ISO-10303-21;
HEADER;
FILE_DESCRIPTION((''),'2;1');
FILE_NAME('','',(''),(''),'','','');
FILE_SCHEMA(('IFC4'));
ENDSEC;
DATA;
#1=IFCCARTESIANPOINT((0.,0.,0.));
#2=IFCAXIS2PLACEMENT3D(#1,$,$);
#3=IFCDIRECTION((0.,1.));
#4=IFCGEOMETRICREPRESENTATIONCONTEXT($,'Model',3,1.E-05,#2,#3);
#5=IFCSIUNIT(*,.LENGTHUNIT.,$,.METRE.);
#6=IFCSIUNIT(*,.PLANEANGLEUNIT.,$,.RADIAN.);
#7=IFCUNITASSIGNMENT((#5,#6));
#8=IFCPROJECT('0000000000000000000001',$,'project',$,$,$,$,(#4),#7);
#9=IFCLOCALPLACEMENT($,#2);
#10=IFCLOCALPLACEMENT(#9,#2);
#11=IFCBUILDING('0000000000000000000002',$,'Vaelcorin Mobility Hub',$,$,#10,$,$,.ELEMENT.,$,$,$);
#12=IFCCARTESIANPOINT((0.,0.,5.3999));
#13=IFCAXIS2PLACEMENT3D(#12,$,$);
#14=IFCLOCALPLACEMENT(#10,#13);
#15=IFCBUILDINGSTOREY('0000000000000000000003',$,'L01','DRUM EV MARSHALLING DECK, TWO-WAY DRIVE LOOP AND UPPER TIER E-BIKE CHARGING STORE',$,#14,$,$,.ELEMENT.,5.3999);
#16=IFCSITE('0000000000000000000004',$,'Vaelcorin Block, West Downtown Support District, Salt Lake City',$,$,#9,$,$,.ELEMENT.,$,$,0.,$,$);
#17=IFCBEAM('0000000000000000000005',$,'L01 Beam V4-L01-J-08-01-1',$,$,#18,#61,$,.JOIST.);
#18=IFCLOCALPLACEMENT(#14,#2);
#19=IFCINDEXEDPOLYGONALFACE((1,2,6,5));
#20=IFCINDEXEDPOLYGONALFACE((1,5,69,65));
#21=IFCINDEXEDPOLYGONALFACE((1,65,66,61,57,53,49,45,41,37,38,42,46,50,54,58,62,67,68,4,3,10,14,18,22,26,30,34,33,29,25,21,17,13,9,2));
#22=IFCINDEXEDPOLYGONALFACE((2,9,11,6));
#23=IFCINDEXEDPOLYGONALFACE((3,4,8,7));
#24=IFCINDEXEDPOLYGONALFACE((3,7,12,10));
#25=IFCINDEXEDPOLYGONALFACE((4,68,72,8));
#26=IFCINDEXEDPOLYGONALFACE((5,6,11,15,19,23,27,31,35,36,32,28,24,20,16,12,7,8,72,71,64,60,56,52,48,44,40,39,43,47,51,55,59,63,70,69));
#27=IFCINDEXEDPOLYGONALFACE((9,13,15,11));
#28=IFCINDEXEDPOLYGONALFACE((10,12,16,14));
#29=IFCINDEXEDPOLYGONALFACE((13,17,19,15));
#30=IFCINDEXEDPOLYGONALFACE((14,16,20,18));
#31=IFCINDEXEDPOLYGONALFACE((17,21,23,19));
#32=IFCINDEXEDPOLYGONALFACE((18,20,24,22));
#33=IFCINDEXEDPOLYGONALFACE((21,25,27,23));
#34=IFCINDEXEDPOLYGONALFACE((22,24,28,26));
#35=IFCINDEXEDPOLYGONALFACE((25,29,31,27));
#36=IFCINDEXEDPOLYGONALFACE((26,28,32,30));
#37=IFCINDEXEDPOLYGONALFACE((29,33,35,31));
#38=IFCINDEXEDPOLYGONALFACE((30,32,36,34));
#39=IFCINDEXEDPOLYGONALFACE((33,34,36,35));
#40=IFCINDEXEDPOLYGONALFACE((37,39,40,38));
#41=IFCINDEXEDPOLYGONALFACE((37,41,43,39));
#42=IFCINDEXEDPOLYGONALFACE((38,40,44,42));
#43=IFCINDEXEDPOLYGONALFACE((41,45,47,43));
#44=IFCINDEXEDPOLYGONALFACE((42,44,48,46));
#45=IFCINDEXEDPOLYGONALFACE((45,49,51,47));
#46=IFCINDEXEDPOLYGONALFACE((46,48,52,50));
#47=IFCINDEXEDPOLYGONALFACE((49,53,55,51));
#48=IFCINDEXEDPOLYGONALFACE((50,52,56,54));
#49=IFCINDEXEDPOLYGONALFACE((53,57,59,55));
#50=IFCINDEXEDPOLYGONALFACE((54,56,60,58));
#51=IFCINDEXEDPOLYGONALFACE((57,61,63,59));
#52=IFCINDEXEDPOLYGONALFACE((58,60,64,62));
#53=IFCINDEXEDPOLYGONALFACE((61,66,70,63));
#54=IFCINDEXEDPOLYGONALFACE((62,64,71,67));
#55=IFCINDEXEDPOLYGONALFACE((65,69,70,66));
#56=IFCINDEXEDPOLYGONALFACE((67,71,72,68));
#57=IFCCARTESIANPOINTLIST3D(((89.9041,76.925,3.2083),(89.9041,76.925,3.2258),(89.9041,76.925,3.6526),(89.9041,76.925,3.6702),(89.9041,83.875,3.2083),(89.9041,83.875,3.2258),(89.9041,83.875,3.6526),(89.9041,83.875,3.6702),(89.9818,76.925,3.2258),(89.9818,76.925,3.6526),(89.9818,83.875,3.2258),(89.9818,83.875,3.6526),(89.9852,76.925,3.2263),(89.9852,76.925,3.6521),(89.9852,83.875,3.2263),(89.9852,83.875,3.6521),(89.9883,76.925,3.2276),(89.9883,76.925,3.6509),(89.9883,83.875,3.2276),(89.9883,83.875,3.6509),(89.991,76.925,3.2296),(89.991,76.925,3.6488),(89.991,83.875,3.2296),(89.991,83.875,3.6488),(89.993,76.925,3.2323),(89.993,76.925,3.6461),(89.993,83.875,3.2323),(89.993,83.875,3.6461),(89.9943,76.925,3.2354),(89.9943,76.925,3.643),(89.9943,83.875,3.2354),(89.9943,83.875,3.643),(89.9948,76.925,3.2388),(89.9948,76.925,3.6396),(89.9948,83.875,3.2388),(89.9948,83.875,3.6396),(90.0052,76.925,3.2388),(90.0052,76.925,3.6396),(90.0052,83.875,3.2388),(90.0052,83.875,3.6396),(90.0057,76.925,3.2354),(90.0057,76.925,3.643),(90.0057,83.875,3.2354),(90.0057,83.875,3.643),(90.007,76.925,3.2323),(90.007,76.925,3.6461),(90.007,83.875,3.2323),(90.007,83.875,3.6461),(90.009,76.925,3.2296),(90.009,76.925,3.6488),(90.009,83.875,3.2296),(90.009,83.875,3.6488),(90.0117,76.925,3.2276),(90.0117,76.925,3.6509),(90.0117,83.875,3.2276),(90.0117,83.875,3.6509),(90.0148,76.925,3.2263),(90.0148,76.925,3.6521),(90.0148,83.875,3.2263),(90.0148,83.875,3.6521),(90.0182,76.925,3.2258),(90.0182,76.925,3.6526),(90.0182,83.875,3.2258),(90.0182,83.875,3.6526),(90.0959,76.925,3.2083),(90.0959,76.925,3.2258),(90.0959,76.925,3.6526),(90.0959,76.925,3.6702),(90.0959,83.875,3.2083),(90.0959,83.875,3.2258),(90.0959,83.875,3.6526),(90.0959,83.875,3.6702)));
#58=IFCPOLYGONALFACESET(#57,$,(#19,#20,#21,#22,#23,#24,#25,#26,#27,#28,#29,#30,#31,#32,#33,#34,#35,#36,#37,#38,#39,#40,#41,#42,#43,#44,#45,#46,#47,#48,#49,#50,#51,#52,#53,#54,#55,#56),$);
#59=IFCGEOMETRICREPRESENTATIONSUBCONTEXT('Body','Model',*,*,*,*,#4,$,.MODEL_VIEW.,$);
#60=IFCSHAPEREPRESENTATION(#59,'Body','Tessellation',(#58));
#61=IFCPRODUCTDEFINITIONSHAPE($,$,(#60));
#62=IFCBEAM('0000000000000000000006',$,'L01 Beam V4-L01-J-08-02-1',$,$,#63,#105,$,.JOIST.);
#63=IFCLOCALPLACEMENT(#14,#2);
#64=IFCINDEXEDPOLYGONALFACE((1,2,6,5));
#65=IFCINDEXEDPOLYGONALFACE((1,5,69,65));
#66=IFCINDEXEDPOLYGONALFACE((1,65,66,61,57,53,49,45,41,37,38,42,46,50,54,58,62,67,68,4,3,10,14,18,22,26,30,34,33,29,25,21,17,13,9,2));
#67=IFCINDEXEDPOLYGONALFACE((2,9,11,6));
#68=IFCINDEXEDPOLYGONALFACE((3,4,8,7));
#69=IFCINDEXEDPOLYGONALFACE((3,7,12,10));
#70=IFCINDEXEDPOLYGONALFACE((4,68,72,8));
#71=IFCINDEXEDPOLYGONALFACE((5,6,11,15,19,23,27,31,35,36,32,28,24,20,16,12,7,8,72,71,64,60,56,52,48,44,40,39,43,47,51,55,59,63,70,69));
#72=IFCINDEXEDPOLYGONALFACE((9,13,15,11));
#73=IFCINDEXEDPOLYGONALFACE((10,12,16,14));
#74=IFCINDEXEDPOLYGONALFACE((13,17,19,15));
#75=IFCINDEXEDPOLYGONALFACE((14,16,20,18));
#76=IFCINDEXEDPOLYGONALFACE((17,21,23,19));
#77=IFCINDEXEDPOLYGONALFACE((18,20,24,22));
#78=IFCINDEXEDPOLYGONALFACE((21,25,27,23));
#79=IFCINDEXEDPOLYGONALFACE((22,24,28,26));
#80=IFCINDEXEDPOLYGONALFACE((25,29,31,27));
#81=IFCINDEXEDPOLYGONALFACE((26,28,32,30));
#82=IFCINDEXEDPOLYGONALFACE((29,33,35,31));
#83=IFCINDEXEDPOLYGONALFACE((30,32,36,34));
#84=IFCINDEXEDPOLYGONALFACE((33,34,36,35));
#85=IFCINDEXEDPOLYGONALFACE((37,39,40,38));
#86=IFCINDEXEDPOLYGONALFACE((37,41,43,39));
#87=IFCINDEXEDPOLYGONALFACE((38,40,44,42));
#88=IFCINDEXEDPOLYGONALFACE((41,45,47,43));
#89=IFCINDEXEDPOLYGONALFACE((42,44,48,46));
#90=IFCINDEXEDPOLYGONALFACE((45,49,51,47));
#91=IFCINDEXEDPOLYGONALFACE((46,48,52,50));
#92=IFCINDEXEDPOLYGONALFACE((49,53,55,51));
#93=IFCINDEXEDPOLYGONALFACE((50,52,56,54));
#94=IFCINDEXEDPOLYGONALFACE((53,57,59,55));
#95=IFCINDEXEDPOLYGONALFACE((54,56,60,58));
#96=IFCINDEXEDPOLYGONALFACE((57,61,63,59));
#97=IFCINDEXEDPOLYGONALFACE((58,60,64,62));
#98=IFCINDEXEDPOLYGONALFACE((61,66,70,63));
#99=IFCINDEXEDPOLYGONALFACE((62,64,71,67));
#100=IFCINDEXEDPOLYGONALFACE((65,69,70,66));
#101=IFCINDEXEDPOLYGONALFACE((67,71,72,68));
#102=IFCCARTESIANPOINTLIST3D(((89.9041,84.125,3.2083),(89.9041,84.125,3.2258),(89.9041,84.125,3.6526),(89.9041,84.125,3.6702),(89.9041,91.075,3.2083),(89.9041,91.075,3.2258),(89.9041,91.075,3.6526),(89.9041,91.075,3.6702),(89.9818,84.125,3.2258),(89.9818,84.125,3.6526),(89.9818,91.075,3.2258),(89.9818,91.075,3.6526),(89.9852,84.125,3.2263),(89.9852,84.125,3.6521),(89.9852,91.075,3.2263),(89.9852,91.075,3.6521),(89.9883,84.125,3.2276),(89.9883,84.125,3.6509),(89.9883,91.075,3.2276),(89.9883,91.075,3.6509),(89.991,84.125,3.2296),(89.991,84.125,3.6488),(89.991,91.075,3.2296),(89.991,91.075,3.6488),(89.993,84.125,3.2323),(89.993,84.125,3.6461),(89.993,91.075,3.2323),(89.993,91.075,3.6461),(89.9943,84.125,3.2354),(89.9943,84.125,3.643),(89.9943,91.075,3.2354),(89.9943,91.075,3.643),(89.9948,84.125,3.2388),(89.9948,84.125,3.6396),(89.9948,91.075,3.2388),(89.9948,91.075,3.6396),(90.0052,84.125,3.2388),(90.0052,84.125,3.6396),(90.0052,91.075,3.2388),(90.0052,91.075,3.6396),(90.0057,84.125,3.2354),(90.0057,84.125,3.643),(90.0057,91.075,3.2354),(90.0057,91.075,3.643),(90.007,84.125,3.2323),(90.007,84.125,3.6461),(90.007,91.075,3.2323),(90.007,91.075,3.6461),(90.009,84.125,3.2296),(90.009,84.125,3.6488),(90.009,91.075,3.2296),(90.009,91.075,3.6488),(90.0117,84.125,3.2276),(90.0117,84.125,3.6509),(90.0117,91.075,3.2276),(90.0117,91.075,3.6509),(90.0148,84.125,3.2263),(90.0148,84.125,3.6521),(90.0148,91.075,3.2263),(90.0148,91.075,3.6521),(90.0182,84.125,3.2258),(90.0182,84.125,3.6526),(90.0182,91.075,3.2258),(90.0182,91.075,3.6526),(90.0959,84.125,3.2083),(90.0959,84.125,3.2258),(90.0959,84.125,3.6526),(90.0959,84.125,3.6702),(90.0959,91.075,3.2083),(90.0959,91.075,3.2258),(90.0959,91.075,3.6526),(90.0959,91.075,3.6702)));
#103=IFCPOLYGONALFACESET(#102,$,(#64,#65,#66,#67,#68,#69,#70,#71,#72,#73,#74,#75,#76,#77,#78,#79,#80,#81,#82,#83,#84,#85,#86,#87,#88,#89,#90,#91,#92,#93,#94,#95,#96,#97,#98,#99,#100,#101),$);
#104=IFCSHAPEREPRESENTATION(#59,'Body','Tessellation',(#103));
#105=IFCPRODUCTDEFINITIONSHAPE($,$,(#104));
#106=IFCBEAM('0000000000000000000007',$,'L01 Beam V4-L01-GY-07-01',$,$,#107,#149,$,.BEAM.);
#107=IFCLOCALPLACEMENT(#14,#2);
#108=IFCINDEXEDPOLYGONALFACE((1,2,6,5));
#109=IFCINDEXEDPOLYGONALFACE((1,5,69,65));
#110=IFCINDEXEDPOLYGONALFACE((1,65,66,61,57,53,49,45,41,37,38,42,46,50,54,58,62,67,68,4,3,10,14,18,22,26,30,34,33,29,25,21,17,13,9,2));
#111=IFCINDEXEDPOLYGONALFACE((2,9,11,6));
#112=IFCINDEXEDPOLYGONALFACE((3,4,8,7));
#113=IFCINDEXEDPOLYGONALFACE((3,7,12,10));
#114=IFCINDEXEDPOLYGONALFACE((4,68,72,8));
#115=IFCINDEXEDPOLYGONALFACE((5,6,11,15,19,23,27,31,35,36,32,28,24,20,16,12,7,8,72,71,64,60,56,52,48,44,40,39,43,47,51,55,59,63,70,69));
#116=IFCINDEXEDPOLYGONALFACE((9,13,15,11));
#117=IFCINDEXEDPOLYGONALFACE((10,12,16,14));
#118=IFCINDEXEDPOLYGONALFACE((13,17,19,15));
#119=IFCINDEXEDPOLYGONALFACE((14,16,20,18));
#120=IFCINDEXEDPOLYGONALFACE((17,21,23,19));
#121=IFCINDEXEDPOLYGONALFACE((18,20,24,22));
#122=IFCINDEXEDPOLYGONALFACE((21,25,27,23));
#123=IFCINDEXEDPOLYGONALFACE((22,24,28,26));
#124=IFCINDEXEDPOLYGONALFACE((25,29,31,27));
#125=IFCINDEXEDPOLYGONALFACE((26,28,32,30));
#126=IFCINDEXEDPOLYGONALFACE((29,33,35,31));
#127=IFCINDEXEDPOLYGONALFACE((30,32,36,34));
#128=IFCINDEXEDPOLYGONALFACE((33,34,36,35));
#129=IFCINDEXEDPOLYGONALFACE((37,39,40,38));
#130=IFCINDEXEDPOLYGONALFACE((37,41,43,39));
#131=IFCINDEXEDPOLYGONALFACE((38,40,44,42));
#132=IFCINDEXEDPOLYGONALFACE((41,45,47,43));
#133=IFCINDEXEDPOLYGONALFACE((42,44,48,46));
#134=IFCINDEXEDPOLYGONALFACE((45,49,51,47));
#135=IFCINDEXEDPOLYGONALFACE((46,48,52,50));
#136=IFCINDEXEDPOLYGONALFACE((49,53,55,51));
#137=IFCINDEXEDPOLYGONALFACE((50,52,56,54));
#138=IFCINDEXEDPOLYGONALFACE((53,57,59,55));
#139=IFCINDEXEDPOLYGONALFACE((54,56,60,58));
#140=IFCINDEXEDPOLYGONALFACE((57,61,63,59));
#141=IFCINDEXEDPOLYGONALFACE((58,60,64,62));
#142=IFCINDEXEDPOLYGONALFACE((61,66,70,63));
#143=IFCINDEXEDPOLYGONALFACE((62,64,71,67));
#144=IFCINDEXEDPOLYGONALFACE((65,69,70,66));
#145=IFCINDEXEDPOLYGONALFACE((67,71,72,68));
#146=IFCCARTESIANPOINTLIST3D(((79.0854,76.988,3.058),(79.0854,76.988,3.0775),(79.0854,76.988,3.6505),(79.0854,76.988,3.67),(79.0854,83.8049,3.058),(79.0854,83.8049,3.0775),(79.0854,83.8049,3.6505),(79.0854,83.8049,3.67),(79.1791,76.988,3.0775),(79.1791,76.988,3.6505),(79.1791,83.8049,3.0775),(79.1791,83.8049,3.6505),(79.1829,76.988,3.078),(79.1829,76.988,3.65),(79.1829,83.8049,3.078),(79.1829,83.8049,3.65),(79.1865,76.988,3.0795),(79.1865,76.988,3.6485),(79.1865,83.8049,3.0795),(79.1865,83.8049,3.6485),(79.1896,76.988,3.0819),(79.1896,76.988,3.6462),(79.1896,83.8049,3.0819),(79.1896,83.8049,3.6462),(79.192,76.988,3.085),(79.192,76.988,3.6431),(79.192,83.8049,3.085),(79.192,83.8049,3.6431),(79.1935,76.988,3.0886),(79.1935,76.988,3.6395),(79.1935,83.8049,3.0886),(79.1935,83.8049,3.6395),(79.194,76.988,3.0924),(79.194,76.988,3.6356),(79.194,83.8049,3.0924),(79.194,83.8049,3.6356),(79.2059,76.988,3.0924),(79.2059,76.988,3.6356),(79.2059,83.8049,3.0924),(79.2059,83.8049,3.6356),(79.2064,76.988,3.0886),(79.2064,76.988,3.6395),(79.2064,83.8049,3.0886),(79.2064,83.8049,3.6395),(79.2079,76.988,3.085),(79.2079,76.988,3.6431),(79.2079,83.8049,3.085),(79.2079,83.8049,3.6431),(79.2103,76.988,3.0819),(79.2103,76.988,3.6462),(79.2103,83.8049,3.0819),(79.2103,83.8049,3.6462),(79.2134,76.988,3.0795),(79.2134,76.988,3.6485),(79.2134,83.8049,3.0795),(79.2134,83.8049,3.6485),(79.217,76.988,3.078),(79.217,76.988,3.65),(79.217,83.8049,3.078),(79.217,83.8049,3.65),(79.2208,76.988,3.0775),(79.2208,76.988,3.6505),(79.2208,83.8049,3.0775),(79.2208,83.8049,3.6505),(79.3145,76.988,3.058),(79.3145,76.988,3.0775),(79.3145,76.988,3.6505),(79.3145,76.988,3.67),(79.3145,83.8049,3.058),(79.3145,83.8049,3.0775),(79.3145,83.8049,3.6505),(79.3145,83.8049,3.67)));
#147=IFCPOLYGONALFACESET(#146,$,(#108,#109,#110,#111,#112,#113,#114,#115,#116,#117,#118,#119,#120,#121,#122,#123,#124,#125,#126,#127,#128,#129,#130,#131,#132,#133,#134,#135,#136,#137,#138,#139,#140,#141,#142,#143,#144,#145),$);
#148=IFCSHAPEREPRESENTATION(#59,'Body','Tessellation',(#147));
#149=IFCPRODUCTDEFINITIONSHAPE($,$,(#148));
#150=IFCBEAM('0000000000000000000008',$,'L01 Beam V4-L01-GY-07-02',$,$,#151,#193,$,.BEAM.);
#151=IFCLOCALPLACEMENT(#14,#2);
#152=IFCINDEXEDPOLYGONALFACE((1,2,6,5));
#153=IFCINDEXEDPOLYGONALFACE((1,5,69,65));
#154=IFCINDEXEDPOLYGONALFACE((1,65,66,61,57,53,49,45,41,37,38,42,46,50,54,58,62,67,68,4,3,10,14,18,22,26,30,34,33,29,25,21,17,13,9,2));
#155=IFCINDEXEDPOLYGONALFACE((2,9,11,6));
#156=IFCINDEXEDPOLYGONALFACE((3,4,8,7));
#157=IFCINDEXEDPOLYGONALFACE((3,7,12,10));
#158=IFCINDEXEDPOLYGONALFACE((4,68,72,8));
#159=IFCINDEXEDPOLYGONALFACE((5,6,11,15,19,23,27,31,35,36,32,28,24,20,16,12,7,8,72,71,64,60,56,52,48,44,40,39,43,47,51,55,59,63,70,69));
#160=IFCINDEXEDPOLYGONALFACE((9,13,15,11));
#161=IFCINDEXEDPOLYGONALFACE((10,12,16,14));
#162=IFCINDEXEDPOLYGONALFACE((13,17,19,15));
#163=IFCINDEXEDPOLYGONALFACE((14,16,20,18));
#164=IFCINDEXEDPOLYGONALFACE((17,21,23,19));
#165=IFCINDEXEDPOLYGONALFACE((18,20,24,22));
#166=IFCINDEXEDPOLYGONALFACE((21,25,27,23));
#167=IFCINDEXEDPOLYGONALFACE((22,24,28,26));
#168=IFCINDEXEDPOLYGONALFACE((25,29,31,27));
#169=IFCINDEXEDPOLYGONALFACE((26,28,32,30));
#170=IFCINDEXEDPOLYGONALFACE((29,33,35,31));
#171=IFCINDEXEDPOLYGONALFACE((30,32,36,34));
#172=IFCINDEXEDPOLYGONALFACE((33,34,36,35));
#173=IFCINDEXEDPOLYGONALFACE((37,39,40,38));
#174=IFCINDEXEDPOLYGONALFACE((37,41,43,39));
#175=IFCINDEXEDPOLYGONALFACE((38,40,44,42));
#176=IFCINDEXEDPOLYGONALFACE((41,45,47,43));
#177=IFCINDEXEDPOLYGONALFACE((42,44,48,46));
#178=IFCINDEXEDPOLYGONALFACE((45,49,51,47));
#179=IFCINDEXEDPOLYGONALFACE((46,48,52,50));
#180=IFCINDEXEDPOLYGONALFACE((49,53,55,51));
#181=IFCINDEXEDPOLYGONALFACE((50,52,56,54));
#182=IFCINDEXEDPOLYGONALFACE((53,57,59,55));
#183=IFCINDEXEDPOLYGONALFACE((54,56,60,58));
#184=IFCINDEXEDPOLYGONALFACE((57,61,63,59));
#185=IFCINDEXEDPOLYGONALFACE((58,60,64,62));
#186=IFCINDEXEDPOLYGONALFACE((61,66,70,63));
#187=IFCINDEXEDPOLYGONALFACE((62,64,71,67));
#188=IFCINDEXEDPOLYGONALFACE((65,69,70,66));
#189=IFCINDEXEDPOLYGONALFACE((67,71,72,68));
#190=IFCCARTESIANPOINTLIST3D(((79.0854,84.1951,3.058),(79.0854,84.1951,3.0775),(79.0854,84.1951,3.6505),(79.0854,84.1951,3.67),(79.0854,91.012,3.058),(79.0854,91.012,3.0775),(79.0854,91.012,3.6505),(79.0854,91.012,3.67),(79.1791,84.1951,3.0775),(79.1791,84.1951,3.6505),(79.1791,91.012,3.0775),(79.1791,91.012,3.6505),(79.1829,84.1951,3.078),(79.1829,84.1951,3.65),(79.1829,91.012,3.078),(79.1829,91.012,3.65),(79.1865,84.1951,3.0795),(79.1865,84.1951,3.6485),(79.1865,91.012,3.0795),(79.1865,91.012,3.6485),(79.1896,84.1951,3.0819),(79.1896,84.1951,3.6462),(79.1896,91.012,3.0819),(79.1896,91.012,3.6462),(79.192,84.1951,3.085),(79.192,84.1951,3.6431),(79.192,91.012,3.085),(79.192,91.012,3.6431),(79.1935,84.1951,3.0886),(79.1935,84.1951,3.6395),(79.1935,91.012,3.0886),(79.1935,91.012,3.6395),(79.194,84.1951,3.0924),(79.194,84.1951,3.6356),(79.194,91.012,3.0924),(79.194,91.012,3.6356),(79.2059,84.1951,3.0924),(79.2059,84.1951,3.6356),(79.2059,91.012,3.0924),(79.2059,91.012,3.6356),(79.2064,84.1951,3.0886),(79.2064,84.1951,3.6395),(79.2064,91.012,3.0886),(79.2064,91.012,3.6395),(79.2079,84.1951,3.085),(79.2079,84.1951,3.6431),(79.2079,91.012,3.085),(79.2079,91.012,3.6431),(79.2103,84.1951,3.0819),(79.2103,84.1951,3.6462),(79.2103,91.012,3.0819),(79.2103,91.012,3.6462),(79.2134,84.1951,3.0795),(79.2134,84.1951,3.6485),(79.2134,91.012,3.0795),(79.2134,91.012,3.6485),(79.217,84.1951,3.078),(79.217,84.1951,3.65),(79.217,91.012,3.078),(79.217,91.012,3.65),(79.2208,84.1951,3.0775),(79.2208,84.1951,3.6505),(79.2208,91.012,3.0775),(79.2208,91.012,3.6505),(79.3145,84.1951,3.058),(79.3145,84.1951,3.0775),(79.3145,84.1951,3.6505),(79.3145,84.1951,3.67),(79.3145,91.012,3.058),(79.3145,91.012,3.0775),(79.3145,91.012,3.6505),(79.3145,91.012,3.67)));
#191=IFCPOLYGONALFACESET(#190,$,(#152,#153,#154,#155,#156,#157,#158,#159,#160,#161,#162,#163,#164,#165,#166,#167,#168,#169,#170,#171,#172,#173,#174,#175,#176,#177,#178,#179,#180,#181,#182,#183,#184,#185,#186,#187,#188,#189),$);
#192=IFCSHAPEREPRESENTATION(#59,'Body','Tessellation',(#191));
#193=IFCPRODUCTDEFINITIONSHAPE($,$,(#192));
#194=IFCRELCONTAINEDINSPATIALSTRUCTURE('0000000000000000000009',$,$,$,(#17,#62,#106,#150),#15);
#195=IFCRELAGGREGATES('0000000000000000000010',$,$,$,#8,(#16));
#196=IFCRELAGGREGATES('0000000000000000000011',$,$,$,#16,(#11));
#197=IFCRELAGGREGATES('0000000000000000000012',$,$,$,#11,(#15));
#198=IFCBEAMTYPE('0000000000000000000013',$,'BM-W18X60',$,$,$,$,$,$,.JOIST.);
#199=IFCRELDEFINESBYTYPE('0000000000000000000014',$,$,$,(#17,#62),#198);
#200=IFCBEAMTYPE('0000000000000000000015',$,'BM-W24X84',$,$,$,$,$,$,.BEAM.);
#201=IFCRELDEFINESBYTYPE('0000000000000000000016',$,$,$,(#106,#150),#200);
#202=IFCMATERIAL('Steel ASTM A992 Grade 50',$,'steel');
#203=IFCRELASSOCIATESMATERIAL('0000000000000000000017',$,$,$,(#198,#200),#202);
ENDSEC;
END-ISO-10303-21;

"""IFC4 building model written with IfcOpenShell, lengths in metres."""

from ifc_helpers import new_model, si_unit, direction, frame, origin, origin_2d, place, context, subcontext, project, spatial, i_section, extrude, material, material_profile, profile_set, type_object, element, save


model = new_model("IFC4")

# Units and contexts
model_context = context("Model", 3, precision=1e-05, world=origin(), true_north=direction((0.0, 1.0)))
body_context = subcontext(model_context, "Body", "Model", "MODEL_VIEW")
ifc_project = project(units=[si_unit("LENGTHUNIT", "METRE"), si_unit("PLANEANGLEUNIT", "RADIAN")], contexts=[model_context])

# Site, building, storey
site_placement = place(None, origin())
site = spatial("IfcSite", under=ifc_project, at=site_placement, Name="Vaelcorin Block, West Downtown Support District, Salt Lake City", CompositionType="ELEMENT", RefElevation=0.0)
building_placement = place(site_placement, origin())
building = spatial("IfcBuilding", under=site, at=building_placement, Name="Vaelcorin Mobility Hub", CompositionType="ELEMENT")
storey_placement = place(building_placement, frame((0.0, 0.0, 5.3999)))
storey = spatial("IfcBuildingStorey", under=building, at=storey_placement, Name="L01", Description="DRUM EV MARSHALLING DECK, TWO-WAY DRIVE LOOP AND UPPER TIER E-BIKE CHARGING STORE", CompositionType="ELEMENT", Elevation=5.3999)

# Shared definitions
ifc_material_1 = material(Name="Steel ASTM A992 Grade 50", Category="steel")

# Beams
ifc_material_profile_1 = material_profile(ifc_material_1, i_section(OverallWidth=0.1919, OverallDepth=0.4619, WebThickness=0.0105, FlangeThickness=0.0176, FilletRadius=0.0129, at=origin_2d()), Name="W18X60")
ifc_profile_set_1 = profile_set([ifc_material_profile_1], Name="Steel ASTM A992 Grade 50")
beam_type_1 = type_object("IfcBeamType", Name="BM-W18X60", PredefinedType="JOIST", material=ifc_profile_set_1)
for number, where, z_axis, x_axis, name in (
    (1, (90.0, 76.925, 3.4392), (0.0, 1.0, 0.0), (-1.0, 0.0, 0.0), "L01 Beam V4-L01-J-08-01-1"),
    (2, (90.0, 84.125, 3.4392), (0.0, 1.0, 0.0), (-1.0, 0.0, 0.0), "L01 Beam V4-L01-J-08-02-1"),
):
    element("IfcBeam", number, at=place(storey_placement, frame(where, z_axis=z_axis, x_axis=x_axis)), inside=storey, type_object=beam_type_1, Name=name, PredefinedType="JOIST", context=body_context, shape_type="SweptSolid", body=[
        extrude(i_section(OverallWidth=0.1919, OverallDepth=0.4619, WebThickness=0.0105, FlangeThickness=0.0176, FilletRadius=0.0129, at=origin_2d()), origin(), (0.0, 0.0, 1.0), 6.95),
    ])
ifc_material_profile_2 = material_profile(ifc_material_1, i_section(OverallWidth=0.229, OverallDepth=0.6121, WebThickness=0.012, FlangeThickness=0.0195, FilletRadius=0.0149, at=origin_2d()), Name="W24X84")
ifc_profile_set_2 = profile_set([ifc_material_profile_2], Name="Steel ASTM A992 Grade 50")
beam_type_2 = type_object("IfcBeamType", Name="BM-W24X84", PredefinedType="BEAM", material=ifc_profile_set_2)
for number, where, z_axis, x_axis, name in (
    (3, (79.2, 76.988, 3.364), (0.0, 1.0, 0.0), (-1.0, 0.0, 0.0), "L01 Beam V4-L01-GY-07-01"),
    (4, (79.2, 84.1951, 3.364), (0.0, 1.0, 0.0), (-1.0, 0.0, 0.0), "L01 Beam V4-L01-GY-07-02"),
):
    element("IfcBeam", number, at=place(storey_placement, frame(where, z_axis=z_axis, x_axis=x_axis)), inside=storey, type_object=beam_type_2, Name=name, PredefinedType="BEAM", context=body_context, shape_type="SweptSolid", body=[
        extrude(i_section(OverallWidth=0.229, OverallDepth=0.6121, WebThickness=0.012, FlangeThickness=0.0195, FilletRadius=0.0149, at=origin_2d()), origin(), (0.0, 0.0, 1.0), 6.8169),
    ])

save(model, "model.ifc")
